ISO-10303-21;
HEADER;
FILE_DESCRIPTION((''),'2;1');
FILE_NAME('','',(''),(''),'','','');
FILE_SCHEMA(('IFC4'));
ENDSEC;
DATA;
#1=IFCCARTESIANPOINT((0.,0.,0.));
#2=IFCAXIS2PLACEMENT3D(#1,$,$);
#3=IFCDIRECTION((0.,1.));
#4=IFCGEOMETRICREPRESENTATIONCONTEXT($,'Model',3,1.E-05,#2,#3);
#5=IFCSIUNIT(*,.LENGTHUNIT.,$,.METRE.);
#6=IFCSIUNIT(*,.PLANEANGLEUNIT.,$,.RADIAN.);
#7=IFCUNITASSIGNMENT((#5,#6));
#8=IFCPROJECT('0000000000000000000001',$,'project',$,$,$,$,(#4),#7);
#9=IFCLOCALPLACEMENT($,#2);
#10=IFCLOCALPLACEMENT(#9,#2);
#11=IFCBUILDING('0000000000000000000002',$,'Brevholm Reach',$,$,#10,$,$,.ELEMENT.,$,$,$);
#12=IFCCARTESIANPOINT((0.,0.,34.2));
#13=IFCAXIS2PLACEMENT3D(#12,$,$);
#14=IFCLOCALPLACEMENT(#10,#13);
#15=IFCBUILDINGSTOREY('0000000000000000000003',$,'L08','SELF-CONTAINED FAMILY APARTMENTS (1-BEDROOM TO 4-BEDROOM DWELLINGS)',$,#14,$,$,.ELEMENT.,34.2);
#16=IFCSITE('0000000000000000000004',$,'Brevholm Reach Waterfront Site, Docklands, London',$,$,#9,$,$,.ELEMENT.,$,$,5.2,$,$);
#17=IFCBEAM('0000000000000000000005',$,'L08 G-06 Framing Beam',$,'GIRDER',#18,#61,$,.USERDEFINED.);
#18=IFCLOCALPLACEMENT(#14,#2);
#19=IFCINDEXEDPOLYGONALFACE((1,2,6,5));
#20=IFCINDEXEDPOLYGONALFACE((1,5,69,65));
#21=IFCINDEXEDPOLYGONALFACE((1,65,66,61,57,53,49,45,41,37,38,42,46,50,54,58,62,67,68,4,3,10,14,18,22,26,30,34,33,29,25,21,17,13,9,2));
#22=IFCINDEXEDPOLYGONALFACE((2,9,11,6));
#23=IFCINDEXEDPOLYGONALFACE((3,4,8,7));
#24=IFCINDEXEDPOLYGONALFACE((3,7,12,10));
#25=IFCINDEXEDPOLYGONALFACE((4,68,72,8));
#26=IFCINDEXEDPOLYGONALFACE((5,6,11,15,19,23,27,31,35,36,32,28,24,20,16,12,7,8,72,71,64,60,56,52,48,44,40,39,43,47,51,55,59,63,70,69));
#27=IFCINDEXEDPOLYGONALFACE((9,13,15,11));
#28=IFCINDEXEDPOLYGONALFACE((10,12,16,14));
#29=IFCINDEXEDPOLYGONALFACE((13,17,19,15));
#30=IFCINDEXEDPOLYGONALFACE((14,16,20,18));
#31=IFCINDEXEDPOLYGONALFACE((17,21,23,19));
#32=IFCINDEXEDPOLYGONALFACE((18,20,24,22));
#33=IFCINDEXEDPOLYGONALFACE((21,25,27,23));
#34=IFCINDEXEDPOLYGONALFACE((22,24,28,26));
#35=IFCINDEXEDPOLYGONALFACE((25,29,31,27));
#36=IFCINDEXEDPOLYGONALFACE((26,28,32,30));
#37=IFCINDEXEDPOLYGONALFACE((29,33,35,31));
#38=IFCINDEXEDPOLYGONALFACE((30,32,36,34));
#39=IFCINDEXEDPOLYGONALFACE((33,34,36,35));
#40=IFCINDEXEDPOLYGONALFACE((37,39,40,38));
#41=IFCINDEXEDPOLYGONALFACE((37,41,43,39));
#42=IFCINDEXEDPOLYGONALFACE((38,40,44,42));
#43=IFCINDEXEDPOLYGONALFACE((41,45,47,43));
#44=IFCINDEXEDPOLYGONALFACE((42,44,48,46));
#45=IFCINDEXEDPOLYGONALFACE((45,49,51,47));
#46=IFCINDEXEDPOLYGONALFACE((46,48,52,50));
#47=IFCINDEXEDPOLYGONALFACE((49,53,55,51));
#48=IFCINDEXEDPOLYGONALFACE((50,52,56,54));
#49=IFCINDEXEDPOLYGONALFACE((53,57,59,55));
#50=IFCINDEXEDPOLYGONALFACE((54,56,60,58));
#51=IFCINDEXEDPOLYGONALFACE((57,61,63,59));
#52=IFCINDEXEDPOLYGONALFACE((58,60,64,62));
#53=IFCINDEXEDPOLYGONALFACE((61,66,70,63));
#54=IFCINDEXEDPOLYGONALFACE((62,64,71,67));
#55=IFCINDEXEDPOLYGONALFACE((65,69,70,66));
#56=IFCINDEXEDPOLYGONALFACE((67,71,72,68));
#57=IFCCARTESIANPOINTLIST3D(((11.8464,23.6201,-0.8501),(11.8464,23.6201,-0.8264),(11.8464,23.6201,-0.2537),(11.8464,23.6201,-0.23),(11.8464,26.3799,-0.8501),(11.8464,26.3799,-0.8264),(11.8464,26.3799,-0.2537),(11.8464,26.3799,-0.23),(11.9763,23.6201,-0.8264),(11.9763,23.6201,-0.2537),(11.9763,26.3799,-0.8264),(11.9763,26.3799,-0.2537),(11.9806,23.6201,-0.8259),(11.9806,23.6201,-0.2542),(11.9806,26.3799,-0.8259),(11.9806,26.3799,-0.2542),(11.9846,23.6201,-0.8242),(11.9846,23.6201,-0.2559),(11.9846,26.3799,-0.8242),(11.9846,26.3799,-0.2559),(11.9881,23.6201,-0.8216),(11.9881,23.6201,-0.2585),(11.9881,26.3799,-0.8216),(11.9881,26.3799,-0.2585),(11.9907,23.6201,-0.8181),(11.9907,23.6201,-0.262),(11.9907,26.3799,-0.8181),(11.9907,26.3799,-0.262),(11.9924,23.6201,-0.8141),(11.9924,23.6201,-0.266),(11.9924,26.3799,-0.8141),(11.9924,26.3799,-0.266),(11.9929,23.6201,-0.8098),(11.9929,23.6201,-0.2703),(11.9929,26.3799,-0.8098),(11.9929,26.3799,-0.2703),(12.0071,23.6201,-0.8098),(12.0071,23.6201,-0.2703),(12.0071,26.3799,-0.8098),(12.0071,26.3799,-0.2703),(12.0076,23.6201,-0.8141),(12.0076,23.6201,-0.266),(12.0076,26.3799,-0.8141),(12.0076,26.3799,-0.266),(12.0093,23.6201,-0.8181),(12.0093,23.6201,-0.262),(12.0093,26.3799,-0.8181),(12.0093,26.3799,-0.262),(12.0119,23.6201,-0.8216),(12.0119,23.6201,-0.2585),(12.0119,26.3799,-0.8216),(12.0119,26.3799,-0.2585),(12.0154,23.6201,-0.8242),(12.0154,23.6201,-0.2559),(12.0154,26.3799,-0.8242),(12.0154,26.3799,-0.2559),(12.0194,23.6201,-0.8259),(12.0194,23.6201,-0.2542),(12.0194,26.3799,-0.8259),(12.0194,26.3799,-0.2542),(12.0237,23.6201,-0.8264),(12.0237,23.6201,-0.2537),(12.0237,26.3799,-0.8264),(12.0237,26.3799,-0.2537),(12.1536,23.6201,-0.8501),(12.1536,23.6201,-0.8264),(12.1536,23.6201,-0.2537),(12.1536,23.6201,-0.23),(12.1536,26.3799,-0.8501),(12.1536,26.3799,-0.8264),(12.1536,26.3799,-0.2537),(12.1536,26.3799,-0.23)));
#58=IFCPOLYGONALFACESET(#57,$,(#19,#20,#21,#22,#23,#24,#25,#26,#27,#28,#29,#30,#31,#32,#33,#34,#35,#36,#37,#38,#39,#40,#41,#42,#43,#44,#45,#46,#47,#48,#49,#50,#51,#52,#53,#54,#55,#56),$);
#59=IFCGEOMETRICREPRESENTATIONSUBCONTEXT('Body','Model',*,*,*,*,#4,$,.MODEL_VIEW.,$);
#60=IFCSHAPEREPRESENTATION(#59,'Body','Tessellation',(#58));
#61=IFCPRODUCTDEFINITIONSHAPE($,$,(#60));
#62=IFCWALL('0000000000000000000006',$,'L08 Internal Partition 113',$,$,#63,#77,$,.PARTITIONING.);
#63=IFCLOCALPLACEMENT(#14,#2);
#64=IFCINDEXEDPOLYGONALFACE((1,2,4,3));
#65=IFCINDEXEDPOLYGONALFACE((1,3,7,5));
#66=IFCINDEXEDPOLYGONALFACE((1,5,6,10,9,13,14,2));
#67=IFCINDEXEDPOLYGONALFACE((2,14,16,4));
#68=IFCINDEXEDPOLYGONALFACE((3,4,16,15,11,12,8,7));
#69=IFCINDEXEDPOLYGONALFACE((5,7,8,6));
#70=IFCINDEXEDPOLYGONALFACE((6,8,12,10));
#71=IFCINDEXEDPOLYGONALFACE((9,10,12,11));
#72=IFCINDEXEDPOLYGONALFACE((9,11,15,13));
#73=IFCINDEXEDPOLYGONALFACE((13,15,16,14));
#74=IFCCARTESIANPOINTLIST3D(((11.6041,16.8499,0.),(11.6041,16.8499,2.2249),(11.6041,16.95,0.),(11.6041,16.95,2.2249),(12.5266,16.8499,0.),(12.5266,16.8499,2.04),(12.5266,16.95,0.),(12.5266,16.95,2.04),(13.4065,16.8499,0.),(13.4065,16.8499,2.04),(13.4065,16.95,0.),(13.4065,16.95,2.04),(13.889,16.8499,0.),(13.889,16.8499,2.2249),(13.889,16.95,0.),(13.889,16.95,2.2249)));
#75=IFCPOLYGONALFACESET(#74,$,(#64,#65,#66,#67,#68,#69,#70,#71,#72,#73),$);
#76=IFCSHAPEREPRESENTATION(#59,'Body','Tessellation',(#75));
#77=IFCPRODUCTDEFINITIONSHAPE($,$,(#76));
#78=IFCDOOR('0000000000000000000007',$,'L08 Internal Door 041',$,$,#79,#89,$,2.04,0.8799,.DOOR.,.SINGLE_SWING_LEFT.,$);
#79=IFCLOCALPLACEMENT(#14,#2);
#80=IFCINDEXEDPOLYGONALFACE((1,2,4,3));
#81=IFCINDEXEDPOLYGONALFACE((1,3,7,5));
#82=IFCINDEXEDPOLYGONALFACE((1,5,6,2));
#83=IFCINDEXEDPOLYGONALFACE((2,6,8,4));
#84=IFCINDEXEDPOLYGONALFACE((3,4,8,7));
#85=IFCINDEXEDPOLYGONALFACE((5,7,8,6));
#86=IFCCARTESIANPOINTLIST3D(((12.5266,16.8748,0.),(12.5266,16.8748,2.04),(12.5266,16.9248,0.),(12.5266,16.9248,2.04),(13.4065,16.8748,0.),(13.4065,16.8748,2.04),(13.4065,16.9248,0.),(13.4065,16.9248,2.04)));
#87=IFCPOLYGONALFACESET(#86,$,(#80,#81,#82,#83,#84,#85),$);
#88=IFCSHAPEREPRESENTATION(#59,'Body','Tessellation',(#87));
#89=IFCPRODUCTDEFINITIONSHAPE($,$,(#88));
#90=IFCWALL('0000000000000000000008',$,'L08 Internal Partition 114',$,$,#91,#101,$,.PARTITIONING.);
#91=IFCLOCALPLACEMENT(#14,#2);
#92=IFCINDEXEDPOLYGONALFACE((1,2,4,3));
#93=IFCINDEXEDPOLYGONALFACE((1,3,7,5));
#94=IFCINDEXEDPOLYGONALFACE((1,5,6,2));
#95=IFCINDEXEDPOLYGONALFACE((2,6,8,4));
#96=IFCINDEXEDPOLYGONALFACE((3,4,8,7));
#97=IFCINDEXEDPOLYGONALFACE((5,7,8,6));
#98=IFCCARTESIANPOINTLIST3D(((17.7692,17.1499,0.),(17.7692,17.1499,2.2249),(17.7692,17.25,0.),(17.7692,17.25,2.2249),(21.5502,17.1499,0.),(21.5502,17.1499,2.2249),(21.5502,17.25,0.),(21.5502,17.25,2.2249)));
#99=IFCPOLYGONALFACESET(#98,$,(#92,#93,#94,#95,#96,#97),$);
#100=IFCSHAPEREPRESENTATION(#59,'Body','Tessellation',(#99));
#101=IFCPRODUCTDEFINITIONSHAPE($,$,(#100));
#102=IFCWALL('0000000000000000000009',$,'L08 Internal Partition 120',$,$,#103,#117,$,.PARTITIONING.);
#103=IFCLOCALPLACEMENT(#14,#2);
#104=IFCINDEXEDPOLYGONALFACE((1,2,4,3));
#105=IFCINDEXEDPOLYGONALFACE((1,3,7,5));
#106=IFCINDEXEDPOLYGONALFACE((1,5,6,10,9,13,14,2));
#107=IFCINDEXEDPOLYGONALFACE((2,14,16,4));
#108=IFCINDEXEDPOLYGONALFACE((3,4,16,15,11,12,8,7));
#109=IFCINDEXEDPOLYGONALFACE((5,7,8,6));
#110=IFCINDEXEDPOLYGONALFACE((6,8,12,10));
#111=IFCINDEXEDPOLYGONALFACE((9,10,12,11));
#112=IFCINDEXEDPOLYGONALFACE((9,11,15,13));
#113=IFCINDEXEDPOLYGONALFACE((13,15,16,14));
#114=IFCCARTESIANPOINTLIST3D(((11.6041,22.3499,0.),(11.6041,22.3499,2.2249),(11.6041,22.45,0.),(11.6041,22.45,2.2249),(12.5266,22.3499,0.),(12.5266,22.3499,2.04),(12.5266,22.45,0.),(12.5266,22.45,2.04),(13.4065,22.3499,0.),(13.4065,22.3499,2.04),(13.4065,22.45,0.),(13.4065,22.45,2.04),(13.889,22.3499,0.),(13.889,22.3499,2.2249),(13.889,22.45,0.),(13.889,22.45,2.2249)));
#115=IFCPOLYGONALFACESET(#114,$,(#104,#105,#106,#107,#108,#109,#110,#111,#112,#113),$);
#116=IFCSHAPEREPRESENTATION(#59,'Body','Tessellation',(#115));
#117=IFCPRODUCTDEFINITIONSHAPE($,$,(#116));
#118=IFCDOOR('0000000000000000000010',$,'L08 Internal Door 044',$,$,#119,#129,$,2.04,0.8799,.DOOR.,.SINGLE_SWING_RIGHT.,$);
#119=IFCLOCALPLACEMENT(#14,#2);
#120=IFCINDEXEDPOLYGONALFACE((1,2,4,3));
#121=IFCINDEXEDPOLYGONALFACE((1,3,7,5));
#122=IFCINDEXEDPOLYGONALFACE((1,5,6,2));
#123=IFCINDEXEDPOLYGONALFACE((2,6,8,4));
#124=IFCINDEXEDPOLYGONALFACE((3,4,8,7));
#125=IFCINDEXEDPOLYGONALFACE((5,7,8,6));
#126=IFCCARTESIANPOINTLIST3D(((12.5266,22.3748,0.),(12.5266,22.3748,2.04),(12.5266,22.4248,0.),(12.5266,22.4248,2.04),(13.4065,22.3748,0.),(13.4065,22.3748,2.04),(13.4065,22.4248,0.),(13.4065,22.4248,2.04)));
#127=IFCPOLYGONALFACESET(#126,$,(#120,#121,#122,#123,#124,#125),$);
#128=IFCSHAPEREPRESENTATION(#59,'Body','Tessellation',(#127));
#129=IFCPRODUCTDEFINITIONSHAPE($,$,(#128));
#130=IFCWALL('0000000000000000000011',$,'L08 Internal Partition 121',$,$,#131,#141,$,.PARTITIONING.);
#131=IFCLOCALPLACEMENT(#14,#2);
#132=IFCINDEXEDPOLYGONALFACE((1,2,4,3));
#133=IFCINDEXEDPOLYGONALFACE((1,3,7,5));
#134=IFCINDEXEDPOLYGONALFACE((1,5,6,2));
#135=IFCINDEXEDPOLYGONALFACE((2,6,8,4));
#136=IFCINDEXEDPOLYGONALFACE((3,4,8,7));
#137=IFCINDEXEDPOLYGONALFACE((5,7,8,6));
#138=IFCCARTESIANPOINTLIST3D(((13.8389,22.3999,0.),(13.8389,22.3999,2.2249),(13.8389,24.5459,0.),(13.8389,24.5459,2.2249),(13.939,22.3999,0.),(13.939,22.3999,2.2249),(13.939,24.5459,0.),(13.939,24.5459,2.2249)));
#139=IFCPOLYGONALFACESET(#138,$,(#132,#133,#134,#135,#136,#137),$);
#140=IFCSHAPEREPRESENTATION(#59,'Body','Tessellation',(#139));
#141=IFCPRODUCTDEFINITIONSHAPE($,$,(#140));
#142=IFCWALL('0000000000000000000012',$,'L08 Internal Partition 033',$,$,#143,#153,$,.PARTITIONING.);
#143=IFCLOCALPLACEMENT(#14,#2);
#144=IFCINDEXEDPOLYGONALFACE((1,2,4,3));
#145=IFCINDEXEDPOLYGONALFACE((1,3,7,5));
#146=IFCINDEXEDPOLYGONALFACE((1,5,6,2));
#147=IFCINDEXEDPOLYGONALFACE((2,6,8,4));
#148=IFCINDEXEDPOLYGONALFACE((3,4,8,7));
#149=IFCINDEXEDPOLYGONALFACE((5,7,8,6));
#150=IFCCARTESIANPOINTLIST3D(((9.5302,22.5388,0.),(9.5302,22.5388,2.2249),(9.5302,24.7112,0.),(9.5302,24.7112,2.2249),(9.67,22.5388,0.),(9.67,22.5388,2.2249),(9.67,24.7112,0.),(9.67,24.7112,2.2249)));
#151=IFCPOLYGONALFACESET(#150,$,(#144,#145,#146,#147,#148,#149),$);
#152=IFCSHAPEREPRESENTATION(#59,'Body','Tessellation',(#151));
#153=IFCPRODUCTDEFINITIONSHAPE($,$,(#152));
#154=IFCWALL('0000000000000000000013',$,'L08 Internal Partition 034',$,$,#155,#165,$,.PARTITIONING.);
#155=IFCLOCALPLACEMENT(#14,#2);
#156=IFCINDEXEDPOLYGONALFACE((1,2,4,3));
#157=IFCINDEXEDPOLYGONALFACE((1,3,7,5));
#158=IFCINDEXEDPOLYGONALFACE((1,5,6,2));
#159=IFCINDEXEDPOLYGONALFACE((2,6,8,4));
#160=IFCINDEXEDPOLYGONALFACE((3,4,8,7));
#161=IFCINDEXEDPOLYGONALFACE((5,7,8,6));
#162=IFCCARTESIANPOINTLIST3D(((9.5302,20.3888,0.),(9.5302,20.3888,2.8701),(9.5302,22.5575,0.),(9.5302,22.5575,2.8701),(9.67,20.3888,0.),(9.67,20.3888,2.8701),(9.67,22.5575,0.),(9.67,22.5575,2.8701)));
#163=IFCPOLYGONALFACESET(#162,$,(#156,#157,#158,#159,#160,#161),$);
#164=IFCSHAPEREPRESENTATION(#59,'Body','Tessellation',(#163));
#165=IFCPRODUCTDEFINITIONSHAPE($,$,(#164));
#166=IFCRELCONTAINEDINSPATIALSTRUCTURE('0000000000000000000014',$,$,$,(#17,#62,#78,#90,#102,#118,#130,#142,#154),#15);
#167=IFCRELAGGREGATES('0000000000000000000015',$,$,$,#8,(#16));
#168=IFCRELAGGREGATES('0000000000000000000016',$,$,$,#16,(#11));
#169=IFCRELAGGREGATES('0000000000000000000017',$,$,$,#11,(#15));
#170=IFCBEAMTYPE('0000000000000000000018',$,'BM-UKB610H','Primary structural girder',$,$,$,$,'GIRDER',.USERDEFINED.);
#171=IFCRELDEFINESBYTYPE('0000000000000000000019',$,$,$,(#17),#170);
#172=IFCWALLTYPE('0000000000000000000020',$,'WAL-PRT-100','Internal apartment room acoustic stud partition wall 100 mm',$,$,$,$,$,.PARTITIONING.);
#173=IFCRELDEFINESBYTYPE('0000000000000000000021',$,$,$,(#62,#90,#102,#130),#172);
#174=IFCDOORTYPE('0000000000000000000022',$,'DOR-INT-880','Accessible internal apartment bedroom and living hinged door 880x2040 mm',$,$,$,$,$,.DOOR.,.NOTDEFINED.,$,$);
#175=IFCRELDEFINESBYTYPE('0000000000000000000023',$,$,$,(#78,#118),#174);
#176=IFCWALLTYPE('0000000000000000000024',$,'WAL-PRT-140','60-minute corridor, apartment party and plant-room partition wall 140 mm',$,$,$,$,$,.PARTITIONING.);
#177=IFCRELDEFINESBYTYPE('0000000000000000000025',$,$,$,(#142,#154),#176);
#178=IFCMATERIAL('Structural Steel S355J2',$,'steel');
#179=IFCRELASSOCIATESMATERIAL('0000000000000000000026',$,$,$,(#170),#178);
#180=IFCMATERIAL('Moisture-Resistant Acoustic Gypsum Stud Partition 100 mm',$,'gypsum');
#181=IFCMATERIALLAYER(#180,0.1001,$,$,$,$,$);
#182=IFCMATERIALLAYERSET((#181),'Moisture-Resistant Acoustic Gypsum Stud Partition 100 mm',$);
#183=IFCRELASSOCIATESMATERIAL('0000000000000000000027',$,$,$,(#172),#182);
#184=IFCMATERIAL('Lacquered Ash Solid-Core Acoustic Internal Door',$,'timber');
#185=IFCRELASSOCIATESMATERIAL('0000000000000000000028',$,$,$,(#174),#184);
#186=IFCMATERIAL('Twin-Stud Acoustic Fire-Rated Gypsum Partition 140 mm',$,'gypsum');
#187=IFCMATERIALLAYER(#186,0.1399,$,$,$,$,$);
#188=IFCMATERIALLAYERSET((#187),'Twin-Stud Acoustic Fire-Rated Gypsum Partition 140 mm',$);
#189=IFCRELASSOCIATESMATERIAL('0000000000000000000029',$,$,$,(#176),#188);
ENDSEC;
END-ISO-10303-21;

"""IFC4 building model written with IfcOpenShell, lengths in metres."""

from ifc_helpers import new_model, si_unit, direction, frame, frame_2d, origin, origin_2d, place, context, subcontext, project, spatial, rectangle, i_section, extrude, material, layer, layer_set, material_profile, profile_set, type_object, element, fill, save


model = new_model("IFC4")

# Units and contexts
model_context = context("Model", 3, precision=1e-05, world=origin(), true_north=direction((0.0, 1.0)))
body_context = subcontext(model_context, "Body", "Model", "MODEL_VIEW")
ifc_project = project(units=[si_unit("LENGTHUNIT", "METRE"), si_unit("PLANEANGLEUNIT", "RADIAN")], contexts=[model_context])

# Site, building, storey
site_placement = place(None, origin())
site = spatial("IfcSite", under=ifc_project, at=site_placement, Name="Brevholm Reach Waterfront Site, Docklands, London", CompositionType="ELEMENT", RefElevation=5.2)
building_placement = place(site_placement, origin())
building = spatial("IfcBuilding", under=site, at=building_placement, Name="Brevholm Reach", CompositionType="ELEMENT")
storey_placement = place(building_placement, frame((0.0, 0.0, 34.2)))
storey = spatial("IfcBuildingStorey", under=building, at=storey_placement, Name="L08", Description="SELF-CONTAINED FAMILY APARTMENTS (1-BEDROOM TO 4-BEDROOM DWELLINGS)", CompositionType="ELEMENT", Elevation=34.2)

# Beam
ifc_material_1 = material(Name="Structural Steel S355J2", Category="steel")
ifc_material_profile_1 = material_profile(ifc_material_1, i_section(OverallWidth=0.3071, OverallDepth=0.6201, WebThickness=0.0142, FlangeThickness=0.0237, FilletRadius=0.0166, at=origin_2d()), Name="UKB 610x305x179")
ifc_profile_set_1 = profile_set([ifc_material_profile_1], Name="Structural Steel S355J2")
beam_type_1 = type_object("IfcBeamType", Name="BM-UKB610H", Description="Primary structural girder", ElementType="GIRDER", PredefinedType="USERDEFINED", material=ifc_profile_set_1)
beam_1_placement = place(storey_placement, frame((12.0, 23.6201, -0.54), z_axis=(0.0, 1.0, 0.0), x_axis=(-1.0, 0.0, 0.0)))
element("IfcBeam", 1, at=beam_1_placement, inside=storey, type_object=beam_type_1, Name="L08 G-06 Framing Beam", ObjectType="GIRDER", PredefinedType="USERDEFINED", context=body_context, shape_type="SweptSolid", body=[
    extrude(i_section(OverallWidth=0.3071, OverallDepth=0.6201, WebThickness=0.0142, FlangeThickness=0.0237, FilletRadius=0.0166, at=origin_2d()), origin(), (0.0, 0.0, 1.0), 2.7598),
])

# Wall, opening, door
ifc_material_2 = material(Name="Moisture-Resistant Acoustic Gypsum Stud Partition 100 mm", Category="gypsum")
ifc_layer_1 = layer(ifc_material_2, 0.1001)
ifc_layer_set_1 = layer_set([ifc_layer_1], Name="Moisture-Resistant Acoustic Gypsum Stud Partition 100 mm")
wall_type_1 = type_object("IfcWallType", Name="WAL-PRT-100", Description="Internal apartment room acoustic stud partition wall 100 mm", PredefinedType="PARTITIONING", material=ifc_layer_set_1)
wall_1_placement = place(storey_placement, frame((11.604, 16.8999, 0.0), z_axis=(0.0, 0.0, 1.0), x_axis=(1.0, 0.0, 0.0)))
wall_1 = element("IfcWall", 2, at=wall_1_placement, inside=storey, type_object=wall_type_1, Name="L08 Internal Partition 113", PredefinedType="PARTITIONING", context=body_context, shape_type="SweptSolid", body=[
    extrude(rectangle(XDim=2.2849, YDim=0.1001, at=frame_2d((1.1426, 0.0))), origin(), (0.0, 0.0, 1.0), 2.2249),
])
opening_1_placement = place(wall_1_placement, frame((0.9226, 0.0, 0.0)))
opening_1 = element("IfcOpeningElement", 3, at=opening_1_placement, cuts=wall_1, PredefinedType="OPENING", context=body_context, shape_type="SweptSolid", body=[
    extrude(rectangle(XDim=0.8799, YDim=2.04, at=frame_2d((0.4399, 1.02))), frame((0.0, 0.0601, 0.0), z_axis=(0.0, -1.0, 0.0), x_axis=(1.0, 0.0, 0.0)), (0.0, 0.0, 1.0), 0.1201),
])
ifc_material_3 = material(Name="Lacquered Ash Solid-Core Acoustic Internal Door", Category="timber")
door_type_1 = type_object("IfcDoorType", Name="DOR-INT-880", Description="Accessible internal apartment bedroom and living hinged door 880x2040 mm", OperationType="NOTDEFINED", PredefinedType="DOOR", material=ifc_material_3)
door_1_placement = place(opening_1_placement, origin())
door_1 = element("IfcDoor", 4, at=door_1_placement, inside=storey, type_object=door_type_1, Name="L08 Internal Door 041", OperationType="SINGLE_SWING_LEFT", OverallHeight=2.04, OverallWidth=0.8799, PredefinedType="DOOR", context=body_context, shape_type="SweptSolid", body=[
    extrude(rectangle(XDim=0.8799, YDim=2.04, at=frame_2d((0.4399, 1.02))), frame((0.0, 0.0249, 0.0), z_axis=(0.0, -1.0, 0.0), x_axis=(1.0, 0.0, 0.0)), (0.0, 0.0, 1.0), 0.05),
])
fill(opening_1, door_1)

# Wall
wall_2_placement = place(storey_placement, frame((17.769, 17.2, 0.0), z_axis=(0.0, 0.0, 1.0), x_axis=(1.0, 0.0, 0.0)))
element("IfcWall", 5, at=wall_2_placement, inside=storey, type_object=wall_type_1, Name="L08 Internal Partition 114", PredefinedType="PARTITIONING", context=body_context, shape_type="SweptSolid", body=[
    extrude(rectangle(XDim=3.781, YDim=0.1001, at=frame_2d((1.8906, 0.0))), origin(), (0.0, 0.0, 1.0), 2.2249),
])

# Wall, opening, door
wall_3_placement = place(storey_placement, frame((11.604, 22.3999, 0.0), z_axis=(0.0, 0.0, 1.0), x_axis=(1.0, 0.0, 0.0)))
wall_3 = element("IfcWall", 6, at=wall_3_placement, inside=storey, type_object=wall_type_1, Name="L08 Internal Partition 120", PredefinedType="PARTITIONING", context=body_context, shape_type="SweptSolid", body=[
    extrude(rectangle(XDim=2.2849, YDim=0.1001, at=frame_2d((1.1426, 0.0))), origin(), (0.0, 0.0, 1.0), 2.2249),
])
opening_2_placement = place(wall_3_placement, frame((0.9226, 0.0, 0.0)))
opening_2 = element("IfcOpeningElement", 7, at=opening_2_placement, cuts=wall_3, PredefinedType="OPENING", context=body_context, shape_type="SweptSolid", body=[
    extrude(rectangle(XDim=0.8799, YDim=2.04, at=frame_2d((0.4399, 1.02))), frame((0.0, 0.0601, 0.0), z_axis=(0.0, -1.0, 0.0), x_axis=(1.0, 0.0, 0.0)), (0.0, 0.0, 1.0), 0.1201),
])
door_2_placement = place(opening_2_placement, origin())
door_2 = element("IfcDoor", 8, at=door_2_placement, inside=storey, type_object=door_type_1, Name="L08 Internal Door 044", OperationType="SINGLE_SWING_RIGHT", OverallHeight=2.04, OverallWidth=0.8799, PredefinedType="DOOR", context=body_context, shape_type="SweptSolid", body=[
    extrude(rectangle(XDim=0.8799, YDim=2.04, at=frame_2d((0.4399, 1.02))), frame((0.0, 0.0249, 0.0), z_axis=(0.0, -1.0, 0.0), x_axis=(1.0, 0.0, 0.0)), (0.0, 0.0, 1.0), 0.05),
])
fill(opening_2, door_2)

# Walls
wall_4_placement = place(storey_placement, frame((13.8889, 22.3999, 0.0), z_axis=(0.0, 0.0, 1.0), x_axis=(0.0, 1.0, 0.0)))
element("IfcWall", 9, at=wall_4_placement, inside=storey, type_object=wall_type_1, Name="L08 Internal Partition 121", PredefinedType="PARTITIONING", context=body_context, shape_type="SweptSolid", body=[
    extrude(rectangle(XDim=2.146, YDim=0.1001, at=frame_2d((1.073, 0.0))), origin(), (0.0, 0.0, 1.0), 2.2249),
])
ifc_material_4 = material(Name="Twin-Stud Acoustic Fire-Rated Gypsum Partition 140 mm", Category="gypsum")
ifc_layer_2 = layer(ifc_material_4, 0.1399)
ifc_layer_set_2 = layer_set([ifc_layer_2], Name="Twin-Stud Acoustic Fire-Rated Gypsum Partition 140 mm")
wall_type_2 = type_object("IfcWallType", Name="WAL-PRT-140", Description="60-minute corridor, apartment party and plant-room partition wall 140 mm", PredefinedType="PARTITIONING", material=ifc_layer_set_2)
wall_5_placement = place(storey_placement, frame((9.6001, 22.5388, 0.0), z_axis=(0.0, 0.0, 1.0), x_axis=(0.0, 1.0, 0.0)))
element("IfcWall", 10, at=wall_5_placement, inside=storey, type_object=wall_type_2, Name="L08 Internal Partition 033", PredefinedType="PARTITIONING", context=body_context, shape_type="SweptSolid", body=[
    extrude(rectangle(XDim=2.1724, YDim=0.1399, at=frame_2d((1.0862, 0.0))), origin(), (0.0, 0.0, 1.0), 2.2249),
])
wall_6_placement = place(storey_placement, frame((9.6001, 20.3887, 0.0), z_axis=(0.0, 0.0, 1.0), x_axis=(0.0, 1.0, 0.0)))
element("IfcWall", 11, at=wall_6_placement, inside=storey, type_object=wall_type_2, Name="L08 Internal Partition 034", PredefinedType="PARTITIONING", context=body_context, shape_type="SweptSolid", body=[
    extrude(rectangle(XDim=2.1687, YDim=0.1399, at=frame_2d((1.0845, 0.0))), origin(), (0.0, 0.0, 1.0), 2.8701),
])

save(model, "model.ifc")
